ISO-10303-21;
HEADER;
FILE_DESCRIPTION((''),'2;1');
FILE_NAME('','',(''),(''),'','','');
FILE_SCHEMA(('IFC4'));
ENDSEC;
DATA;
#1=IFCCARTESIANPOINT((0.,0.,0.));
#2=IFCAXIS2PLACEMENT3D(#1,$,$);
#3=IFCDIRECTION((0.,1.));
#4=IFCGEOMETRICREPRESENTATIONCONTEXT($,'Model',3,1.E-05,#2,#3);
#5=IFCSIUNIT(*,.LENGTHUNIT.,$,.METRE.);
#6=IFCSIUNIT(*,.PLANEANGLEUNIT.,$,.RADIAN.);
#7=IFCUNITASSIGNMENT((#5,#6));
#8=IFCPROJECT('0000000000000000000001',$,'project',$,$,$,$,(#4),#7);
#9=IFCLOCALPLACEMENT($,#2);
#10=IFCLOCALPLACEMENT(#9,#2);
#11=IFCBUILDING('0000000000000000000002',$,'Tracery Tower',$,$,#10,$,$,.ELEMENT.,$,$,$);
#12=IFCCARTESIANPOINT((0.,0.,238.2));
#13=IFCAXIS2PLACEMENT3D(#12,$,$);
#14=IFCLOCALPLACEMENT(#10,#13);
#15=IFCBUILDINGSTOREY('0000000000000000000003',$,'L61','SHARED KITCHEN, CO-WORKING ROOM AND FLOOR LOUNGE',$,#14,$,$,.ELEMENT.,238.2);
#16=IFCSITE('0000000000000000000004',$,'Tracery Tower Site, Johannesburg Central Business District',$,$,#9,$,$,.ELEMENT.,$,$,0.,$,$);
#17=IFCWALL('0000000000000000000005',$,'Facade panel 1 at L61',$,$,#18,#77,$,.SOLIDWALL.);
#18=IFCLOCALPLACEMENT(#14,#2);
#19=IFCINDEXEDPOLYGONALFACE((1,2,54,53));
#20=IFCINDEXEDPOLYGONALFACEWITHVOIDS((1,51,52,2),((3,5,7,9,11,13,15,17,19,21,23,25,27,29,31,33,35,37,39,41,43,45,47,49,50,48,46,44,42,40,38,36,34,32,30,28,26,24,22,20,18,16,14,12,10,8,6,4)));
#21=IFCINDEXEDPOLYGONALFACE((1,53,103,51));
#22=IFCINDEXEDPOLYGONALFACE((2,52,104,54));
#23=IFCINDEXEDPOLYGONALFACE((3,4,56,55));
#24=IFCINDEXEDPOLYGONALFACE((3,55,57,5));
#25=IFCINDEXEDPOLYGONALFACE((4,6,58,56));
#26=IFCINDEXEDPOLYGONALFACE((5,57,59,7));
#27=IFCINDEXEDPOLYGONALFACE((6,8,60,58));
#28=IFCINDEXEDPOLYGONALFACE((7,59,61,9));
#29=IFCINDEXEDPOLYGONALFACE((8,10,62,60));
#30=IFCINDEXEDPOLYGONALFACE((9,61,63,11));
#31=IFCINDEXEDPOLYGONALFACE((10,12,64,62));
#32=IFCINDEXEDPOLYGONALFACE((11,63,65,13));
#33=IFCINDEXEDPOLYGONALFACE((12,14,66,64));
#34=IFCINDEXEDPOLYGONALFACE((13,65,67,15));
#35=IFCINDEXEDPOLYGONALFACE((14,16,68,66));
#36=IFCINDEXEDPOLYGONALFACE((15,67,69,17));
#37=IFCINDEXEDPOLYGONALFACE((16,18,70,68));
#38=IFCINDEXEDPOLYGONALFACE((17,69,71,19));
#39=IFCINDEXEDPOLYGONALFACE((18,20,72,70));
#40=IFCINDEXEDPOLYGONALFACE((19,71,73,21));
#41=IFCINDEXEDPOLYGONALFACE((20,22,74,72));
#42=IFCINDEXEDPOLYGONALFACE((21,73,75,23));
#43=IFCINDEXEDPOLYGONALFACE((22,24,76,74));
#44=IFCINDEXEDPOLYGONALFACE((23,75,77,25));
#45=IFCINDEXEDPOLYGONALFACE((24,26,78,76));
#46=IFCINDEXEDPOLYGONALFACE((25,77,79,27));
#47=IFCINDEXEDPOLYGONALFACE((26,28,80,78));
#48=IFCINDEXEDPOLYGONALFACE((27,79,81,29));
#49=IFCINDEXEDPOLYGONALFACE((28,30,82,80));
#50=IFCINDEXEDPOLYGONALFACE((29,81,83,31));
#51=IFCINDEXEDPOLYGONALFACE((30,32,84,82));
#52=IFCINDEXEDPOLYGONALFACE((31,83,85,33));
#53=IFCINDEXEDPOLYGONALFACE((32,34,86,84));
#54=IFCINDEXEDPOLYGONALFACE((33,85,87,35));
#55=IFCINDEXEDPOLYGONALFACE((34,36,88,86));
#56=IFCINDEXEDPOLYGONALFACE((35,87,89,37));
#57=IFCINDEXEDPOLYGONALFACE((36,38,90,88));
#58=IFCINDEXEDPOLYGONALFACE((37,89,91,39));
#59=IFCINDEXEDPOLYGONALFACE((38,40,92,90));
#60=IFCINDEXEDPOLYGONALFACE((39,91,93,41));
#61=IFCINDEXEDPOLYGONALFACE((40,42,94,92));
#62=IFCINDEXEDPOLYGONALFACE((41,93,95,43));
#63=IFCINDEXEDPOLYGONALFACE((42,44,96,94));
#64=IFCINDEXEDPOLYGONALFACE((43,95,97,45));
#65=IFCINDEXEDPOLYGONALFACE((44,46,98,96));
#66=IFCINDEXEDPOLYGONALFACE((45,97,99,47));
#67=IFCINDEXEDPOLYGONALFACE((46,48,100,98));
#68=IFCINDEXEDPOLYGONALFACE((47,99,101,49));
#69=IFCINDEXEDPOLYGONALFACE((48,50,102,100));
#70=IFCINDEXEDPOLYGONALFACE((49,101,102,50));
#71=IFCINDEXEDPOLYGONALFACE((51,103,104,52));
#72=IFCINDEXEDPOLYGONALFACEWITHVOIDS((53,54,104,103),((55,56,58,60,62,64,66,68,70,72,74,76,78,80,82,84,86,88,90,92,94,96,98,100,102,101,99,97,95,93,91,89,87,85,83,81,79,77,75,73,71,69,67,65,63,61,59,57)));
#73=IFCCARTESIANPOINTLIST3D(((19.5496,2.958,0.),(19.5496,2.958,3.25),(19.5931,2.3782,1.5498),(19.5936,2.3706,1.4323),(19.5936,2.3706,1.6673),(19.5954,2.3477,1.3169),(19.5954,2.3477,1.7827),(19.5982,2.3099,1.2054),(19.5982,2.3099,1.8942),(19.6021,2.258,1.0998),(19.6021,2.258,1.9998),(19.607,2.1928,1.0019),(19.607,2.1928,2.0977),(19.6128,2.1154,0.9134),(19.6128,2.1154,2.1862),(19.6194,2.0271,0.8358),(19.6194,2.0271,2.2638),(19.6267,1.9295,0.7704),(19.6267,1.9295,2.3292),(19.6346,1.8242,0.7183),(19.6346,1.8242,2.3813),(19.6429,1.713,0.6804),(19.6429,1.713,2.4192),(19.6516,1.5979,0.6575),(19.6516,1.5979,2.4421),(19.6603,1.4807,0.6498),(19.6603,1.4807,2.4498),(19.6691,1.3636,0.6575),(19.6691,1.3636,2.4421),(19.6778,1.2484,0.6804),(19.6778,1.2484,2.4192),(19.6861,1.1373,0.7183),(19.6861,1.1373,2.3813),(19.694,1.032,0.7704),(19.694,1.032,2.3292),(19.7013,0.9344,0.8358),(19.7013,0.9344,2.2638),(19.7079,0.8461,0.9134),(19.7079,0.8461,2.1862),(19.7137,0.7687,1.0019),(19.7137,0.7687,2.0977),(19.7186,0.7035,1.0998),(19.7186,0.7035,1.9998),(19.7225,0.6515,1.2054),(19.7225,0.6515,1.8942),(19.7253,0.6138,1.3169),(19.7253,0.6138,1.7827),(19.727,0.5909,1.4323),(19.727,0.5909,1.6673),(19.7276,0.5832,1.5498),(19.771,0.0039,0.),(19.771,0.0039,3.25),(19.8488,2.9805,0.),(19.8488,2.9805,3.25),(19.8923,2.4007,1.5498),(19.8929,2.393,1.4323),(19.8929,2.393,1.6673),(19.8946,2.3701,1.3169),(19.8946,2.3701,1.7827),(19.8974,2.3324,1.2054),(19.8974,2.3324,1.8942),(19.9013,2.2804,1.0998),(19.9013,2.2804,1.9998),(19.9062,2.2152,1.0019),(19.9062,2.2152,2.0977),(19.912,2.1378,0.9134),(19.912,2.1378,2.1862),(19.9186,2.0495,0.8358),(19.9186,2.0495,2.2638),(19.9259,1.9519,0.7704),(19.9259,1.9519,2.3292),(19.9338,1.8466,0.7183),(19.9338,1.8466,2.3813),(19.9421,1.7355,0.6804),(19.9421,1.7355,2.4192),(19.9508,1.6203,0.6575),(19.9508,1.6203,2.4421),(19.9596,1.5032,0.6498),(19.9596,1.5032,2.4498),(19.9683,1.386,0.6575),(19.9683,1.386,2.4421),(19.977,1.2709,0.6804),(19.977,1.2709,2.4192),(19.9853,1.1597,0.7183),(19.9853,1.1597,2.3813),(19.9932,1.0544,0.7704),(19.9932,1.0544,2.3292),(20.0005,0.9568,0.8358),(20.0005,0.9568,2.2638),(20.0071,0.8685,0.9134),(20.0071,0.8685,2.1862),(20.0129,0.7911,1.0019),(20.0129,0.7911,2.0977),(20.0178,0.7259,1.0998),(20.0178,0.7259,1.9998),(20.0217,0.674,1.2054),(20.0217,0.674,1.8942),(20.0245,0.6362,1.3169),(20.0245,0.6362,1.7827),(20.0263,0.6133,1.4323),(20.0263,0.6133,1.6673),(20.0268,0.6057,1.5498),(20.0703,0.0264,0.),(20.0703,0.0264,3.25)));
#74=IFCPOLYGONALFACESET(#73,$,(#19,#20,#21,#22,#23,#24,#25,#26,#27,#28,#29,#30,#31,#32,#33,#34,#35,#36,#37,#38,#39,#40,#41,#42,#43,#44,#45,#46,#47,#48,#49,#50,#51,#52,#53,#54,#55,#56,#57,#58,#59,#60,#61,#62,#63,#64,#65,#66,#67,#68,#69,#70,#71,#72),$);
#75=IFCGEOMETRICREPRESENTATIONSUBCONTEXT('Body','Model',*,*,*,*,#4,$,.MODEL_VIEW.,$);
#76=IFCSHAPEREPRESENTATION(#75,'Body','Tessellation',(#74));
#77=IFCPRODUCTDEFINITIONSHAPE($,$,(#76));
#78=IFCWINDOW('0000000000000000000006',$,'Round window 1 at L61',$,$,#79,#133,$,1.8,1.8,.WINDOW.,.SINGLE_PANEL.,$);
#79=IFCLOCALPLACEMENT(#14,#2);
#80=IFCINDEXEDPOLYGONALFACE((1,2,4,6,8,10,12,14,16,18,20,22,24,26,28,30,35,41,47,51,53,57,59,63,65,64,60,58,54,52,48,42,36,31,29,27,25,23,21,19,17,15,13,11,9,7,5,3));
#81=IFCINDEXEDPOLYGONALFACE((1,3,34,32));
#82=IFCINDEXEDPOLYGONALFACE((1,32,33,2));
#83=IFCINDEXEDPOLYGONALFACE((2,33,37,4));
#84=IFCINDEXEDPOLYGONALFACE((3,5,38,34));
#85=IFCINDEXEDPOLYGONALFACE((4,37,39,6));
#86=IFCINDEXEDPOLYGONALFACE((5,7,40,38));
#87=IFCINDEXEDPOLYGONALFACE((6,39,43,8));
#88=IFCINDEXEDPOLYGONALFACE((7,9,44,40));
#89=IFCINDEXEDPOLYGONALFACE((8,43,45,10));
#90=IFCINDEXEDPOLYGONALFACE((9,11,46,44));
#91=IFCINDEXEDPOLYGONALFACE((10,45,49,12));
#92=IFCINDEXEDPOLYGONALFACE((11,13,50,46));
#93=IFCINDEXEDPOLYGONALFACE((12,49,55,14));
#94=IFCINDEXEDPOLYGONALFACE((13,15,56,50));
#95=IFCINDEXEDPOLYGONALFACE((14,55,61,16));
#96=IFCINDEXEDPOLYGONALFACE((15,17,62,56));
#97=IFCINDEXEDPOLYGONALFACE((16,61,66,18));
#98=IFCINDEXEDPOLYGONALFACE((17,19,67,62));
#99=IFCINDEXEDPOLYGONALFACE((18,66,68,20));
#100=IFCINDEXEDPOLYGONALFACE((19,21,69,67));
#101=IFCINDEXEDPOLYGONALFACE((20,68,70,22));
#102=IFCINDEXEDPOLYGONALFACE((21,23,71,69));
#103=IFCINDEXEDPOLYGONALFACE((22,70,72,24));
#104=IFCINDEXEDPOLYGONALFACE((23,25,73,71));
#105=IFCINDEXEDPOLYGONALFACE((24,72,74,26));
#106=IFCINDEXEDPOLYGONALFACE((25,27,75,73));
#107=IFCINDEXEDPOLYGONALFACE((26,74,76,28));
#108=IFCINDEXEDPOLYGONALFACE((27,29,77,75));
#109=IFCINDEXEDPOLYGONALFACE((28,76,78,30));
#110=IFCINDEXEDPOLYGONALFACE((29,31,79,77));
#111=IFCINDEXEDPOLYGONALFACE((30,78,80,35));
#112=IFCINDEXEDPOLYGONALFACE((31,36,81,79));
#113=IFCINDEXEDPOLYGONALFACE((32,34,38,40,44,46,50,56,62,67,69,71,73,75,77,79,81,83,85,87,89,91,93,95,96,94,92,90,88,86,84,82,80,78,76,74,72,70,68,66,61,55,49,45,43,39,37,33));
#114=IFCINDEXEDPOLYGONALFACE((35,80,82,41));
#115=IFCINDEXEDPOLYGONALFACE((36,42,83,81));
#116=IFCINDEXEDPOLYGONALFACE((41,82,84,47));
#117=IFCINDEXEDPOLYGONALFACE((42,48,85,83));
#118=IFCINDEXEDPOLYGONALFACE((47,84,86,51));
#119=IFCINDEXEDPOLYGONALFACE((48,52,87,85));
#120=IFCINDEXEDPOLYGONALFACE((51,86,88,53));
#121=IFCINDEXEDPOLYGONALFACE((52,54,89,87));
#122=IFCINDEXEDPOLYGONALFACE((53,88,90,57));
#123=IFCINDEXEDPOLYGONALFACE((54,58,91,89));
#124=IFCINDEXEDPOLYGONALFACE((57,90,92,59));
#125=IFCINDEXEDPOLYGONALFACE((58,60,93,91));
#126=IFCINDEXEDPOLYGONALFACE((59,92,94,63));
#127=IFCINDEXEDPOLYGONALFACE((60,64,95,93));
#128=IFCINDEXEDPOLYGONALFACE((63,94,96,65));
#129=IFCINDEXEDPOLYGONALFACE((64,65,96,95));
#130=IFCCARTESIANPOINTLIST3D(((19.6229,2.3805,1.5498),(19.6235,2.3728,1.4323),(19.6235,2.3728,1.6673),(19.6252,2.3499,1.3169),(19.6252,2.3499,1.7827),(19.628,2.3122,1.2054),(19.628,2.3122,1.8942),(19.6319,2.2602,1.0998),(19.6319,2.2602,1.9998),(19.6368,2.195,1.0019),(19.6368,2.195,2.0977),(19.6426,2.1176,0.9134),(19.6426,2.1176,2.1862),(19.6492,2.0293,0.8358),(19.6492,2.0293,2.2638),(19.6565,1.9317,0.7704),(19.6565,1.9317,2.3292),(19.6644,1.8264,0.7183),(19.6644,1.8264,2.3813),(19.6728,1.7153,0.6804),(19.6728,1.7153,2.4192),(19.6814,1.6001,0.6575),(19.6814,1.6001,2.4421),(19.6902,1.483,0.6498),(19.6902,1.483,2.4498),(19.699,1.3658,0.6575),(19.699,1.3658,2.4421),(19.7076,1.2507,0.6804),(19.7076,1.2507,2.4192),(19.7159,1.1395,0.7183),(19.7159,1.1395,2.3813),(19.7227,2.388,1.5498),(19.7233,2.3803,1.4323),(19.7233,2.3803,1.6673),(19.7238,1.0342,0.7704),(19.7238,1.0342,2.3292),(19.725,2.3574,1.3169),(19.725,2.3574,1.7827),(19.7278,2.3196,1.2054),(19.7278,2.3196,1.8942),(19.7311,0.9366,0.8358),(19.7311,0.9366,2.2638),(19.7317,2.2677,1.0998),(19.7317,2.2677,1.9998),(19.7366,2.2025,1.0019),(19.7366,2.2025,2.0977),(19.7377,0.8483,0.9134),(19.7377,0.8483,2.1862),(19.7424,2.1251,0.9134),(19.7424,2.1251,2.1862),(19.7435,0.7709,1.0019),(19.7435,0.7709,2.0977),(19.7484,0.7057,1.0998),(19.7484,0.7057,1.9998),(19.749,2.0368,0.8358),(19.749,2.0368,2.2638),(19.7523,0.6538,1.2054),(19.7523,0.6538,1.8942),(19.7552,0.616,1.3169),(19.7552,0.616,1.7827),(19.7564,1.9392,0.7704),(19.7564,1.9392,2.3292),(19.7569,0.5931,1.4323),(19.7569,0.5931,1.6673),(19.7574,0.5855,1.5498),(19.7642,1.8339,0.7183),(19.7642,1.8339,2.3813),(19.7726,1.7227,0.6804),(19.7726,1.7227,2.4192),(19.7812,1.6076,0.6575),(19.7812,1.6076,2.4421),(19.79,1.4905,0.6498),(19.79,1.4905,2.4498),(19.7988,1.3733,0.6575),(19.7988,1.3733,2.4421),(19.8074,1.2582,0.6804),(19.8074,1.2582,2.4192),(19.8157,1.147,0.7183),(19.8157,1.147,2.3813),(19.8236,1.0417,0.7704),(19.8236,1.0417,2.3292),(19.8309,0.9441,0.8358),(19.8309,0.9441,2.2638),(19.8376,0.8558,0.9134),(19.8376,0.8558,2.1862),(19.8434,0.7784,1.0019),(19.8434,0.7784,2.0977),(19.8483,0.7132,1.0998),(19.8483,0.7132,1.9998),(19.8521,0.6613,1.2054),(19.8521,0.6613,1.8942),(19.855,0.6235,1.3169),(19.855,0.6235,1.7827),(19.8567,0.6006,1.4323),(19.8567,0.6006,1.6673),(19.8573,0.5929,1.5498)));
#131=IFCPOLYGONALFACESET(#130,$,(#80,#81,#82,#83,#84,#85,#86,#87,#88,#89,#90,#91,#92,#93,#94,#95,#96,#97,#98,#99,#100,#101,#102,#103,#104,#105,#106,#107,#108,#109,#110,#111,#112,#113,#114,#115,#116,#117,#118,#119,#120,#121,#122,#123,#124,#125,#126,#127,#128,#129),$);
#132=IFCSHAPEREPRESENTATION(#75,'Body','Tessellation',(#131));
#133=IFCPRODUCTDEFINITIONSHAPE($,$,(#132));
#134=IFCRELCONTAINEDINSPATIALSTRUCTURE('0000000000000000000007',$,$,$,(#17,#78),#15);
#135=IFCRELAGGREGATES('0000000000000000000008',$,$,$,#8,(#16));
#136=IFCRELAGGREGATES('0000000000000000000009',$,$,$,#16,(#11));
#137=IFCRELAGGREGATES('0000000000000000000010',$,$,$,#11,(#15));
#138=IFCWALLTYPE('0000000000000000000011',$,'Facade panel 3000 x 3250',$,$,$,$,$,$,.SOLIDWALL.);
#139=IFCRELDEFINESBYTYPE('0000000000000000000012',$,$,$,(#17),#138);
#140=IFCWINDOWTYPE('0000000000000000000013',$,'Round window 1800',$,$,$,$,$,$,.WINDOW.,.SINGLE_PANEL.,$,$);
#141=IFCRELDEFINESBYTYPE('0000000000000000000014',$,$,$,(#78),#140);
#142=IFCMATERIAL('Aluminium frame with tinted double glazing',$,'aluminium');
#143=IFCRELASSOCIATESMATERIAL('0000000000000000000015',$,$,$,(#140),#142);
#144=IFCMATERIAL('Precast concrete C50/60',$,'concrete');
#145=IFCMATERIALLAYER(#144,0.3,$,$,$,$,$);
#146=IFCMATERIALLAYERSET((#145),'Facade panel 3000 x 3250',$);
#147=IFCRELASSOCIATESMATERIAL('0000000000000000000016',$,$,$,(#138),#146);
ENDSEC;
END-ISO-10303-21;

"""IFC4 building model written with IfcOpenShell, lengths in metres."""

from ifc_helpers import new_model, si_unit, direction, frame, frame_2d, origin, origin_2d, place, context, subcontext, project, spatial, rectangle, circle, extrude, material, layer, layer_set, type_object, element, fill, save


model = new_model("IFC4")

# Units and contexts
model_context = context("Model", 3, precision=1e-05, world=origin(), true_north=direction((0.0, 1.0)))
body_context = subcontext(model_context, "Body", "Model", "MODEL_VIEW")
ifc_project = project(units=[si_unit("LENGTHUNIT", "METRE"), si_unit("PLANEANGLEUNIT", "RADIAN")], contexts=[model_context])

# Site, building, storey
site_placement = place(None, origin())
site = spatial("IfcSite", under=ifc_project, at=site_placement, Name="Tracery Tower Site, Johannesburg Central Business District", CompositionType="ELEMENT", RefElevation=0.0)
building_placement = place(site_placement, origin())
building = spatial("IfcBuilding", under=site, at=building_placement, Name="Tracery Tower", CompositionType="ELEMENT")
storey_placement = place(building_placement, frame((0.0, 0.0, 238.2)))
storey = spatial("IfcBuildingStorey", under=building, at=storey_placement, Name="L61", Description="SHARED KITCHEN, CO-WORKING ROOM AND FLOOR LOUNGE", CompositionType="ELEMENT", Elevation=238.2)

# Wall, opening, window
ifc_material_1 = material(Name="Aluminium frame with tinted double glazing", Category="aluminium")
window_type = type_object("IfcWindowType", Name="Round window 1800", PartitioningType="SINGLE_PANEL", PredefinedType="WINDOW", material=ifc_material_1)
ifc_material_2 = material(Name="Precast concrete C50/60", Category="concrete")
ifc_layer_1 = layer(ifc_material_2, 0.3)
ifc_layer_set_1 = layer_set([ifc_layer_1], Name="Facade panel 3000 x 3250")
wall_type_1 = type_object("IfcWallType", Name="Facade panel 3000 x 3250", PredefinedType="SOLIDWALL", material=ifc_layer_set_1)
wall_1_placement = place(storey_placement, frame((19.9207, 0.0151, 0.0), z_axis=(0.0, 0.0, 1.0), x_axis=(-0.074749, 0.997202, 0.0)))
wall_1 = element("IfcWall", 1, at=wall_1_placement, inside=storey, type_object=wall_type_1, Name="Facade panel 1 at L61", PredefinedType="SOLIDWALL", context=body_context, shape_type="SweptSolid", body=[
    extrude(rectangle(XDim=2.9624, YDim=0.3, at=frame_2d((1.4812, 0.0))), origin(), (0.0, 0.0, 1.0), 3.25),
])
opening_1_placement = place(wall_1_placement, frame((1.481, 0.0, 1.5498)))
opening_1 = element("IfcOpeningElement", 2, at=opening_1_placement, cuts=wall_1, PredefinedType="OPENING", context=body_context, shape_type="SweptSolid", body=[
    extrude(circle(Radius=0.9, at=origin_2d()), frame((0.0, 0.1599, 0.0), z_axis=(0.0, -1.0, 0.0), x_axis=(1.0, 0.0, 0.0)), (0.0, 0.0, 1.0), 0.3201),
])
window_1_placement = place(opening_1_placement, origin())
window_1 = element("IfcWindow", 3, at=window_1_placement, inside=storey, type_object=window_type, Name="Round window 1 at L61", OverallHeight=1.8, OverallWidth=1.8, PartitioningType="SINGLE_PANEL", PredefinedType="WINDOW", context=body_context, shape_type="SweptSolid", body=[
    extrude(circle(Radius=0.9, at=origin_2d()), frame((0.0, 0.1201, 0.0), z_axis=(0.0, -1.0, 0.0), x_axis=(1.0, 0.0, 0.0)), (0.0, 0.0, 1.0), 0.1001),
])
fill(opening_1, window_1)

save(model, "model.ifc")
